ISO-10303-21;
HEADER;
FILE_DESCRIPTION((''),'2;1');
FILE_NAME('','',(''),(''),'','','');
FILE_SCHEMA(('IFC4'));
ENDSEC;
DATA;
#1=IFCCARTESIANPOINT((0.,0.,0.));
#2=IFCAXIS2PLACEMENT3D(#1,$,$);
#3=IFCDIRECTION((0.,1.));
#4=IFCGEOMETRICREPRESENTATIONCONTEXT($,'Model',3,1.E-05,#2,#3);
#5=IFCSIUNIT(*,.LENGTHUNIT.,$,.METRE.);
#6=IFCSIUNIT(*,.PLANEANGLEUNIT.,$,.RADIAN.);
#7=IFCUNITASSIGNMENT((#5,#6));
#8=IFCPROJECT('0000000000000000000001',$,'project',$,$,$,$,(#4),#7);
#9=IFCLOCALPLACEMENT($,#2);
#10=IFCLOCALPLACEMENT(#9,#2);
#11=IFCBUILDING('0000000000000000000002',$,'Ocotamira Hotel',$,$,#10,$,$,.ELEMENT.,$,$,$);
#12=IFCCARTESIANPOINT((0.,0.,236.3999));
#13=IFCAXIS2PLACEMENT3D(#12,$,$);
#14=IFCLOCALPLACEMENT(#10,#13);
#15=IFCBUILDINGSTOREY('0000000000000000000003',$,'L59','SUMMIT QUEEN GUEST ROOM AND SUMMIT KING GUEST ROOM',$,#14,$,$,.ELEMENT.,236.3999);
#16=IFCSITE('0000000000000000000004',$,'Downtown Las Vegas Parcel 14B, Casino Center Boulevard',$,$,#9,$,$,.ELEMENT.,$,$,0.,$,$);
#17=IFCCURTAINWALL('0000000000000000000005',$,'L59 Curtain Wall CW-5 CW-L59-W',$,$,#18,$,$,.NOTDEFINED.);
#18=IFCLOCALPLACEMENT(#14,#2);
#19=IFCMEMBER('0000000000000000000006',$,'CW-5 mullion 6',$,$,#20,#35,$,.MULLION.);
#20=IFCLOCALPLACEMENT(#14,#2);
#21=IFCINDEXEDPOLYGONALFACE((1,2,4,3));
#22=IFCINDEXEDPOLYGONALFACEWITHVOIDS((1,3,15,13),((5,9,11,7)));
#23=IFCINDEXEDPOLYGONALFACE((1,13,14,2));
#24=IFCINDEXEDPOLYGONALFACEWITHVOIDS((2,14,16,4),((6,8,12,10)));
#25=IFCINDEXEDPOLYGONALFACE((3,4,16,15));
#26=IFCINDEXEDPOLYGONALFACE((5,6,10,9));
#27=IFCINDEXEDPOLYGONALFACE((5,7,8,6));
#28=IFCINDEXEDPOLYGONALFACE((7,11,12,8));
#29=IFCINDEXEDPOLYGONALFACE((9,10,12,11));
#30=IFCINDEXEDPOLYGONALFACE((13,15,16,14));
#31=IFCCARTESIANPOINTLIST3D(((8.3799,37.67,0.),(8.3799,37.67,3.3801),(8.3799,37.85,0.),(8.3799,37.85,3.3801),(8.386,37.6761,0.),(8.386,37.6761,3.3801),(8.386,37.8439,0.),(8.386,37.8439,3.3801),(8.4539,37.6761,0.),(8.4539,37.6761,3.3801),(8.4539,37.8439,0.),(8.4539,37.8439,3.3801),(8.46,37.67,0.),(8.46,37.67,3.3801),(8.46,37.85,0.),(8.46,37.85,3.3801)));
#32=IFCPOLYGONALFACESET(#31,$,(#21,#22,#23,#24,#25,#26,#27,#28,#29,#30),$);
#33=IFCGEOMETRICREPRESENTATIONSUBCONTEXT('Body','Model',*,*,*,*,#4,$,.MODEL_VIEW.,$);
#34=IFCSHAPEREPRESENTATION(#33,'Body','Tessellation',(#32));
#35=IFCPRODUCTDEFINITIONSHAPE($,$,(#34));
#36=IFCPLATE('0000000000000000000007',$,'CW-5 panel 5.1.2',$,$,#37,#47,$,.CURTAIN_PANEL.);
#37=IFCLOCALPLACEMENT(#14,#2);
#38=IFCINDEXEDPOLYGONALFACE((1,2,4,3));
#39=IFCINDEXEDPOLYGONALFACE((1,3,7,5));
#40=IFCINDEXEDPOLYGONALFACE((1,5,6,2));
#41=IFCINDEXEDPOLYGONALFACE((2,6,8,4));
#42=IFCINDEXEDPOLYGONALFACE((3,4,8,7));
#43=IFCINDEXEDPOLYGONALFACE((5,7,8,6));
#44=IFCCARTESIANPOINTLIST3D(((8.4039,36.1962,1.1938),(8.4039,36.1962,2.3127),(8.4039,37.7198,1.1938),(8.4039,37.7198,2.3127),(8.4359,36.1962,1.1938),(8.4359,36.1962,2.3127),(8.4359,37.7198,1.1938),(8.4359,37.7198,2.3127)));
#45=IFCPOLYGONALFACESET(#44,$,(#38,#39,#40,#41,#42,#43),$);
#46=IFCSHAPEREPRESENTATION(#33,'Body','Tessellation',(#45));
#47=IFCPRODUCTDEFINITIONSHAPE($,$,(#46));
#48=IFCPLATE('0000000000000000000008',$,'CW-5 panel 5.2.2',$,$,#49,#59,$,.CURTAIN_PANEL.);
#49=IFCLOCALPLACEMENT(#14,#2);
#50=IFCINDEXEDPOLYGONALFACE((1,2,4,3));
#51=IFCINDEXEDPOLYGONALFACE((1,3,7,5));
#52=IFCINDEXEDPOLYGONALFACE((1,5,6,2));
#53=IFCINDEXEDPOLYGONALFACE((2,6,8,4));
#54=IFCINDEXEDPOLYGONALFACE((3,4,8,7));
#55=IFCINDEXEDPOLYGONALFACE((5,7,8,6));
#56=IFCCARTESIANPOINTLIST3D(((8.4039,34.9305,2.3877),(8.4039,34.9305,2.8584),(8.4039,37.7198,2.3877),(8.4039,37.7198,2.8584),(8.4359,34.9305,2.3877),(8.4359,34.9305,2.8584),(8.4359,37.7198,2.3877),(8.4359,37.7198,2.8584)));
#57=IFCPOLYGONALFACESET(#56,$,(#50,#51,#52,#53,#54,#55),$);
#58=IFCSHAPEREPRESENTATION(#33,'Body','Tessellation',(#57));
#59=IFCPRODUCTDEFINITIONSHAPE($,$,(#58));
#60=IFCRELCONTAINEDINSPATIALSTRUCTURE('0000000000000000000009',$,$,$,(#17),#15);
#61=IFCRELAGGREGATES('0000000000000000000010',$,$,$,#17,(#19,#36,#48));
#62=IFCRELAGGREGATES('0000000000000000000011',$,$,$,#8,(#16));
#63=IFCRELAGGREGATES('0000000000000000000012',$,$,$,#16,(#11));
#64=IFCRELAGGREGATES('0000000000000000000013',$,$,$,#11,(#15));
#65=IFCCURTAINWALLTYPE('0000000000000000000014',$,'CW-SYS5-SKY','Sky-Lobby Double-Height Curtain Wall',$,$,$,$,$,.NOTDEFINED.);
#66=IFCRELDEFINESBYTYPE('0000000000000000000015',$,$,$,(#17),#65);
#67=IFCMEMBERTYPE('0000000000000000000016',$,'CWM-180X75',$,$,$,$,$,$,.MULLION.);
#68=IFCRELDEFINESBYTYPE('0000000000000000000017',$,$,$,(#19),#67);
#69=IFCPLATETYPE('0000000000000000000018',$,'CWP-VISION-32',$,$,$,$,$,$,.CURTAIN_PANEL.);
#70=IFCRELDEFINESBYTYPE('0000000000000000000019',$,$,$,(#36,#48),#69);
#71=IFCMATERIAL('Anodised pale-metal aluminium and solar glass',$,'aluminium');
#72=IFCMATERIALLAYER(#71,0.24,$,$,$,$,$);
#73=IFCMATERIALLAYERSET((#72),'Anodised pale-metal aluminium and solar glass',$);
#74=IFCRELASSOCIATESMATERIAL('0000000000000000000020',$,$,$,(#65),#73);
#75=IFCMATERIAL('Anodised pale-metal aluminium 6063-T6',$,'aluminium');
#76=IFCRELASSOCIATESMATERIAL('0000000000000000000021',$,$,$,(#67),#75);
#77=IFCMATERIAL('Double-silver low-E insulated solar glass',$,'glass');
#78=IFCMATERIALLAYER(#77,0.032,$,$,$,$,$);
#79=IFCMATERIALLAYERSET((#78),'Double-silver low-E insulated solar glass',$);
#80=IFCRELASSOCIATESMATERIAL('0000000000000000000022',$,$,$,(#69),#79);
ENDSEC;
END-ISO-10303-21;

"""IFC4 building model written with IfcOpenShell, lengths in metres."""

from ifc_helpers import new_model, si_unit, direction, frame, origin, origin_2d, place, context, subcontext, project, spatial, rectangle, hollow_rectangle, extrude, source, transform, mapped, material, layer, layer_set, material_profile, profile_set, type_object, element, aggregate, save


model = new_model("IFC4")

# Units and contexts
model_context = context("Model", 3, precision=1e-05, world=origin(), true_north=direction((0.0, 1.0)))
body_context = subcontext(model_context, "Body", "Model", "MODEL_VIEW")
ifc_project = project(units=[si_unit("LENGTHUNIT", "METRE"), si_unit("PLANEANGLEUNIT", "RADIAN")], contexts=[model_context])

# Site, building, storey
site_placement = place(None, origin())
site = spatial("IfcSite", under=ifc_project, at=site_placement, Name="Downtown Las Vegas Parcel 14B, Casino Center Boulevard", CompositionType="ELEMENT", RefElevation=0.0)
building_placement = place(site_placement, origin())
building = spatial("IfcBuilding", under=site, at=building_placement, Name="Ocotamira Hotel", CompositionType="ELEMENT")
storey_placement = place(building_placement, frame((0.0, 0.0, 236.3999)))
storey = spatial("IfcBuildingStorey", under=building, at=storey_placement, Name="L59", Description="SUMMIT QUEEN GUEST ROOM AND SUMMIT KING GUEST ROOM", CompositionType="ELEMENT", Elevation=236.3999)

# Curtain wall, member, plates
ifc_material_1 = material(Name="Anodised pale-metal aluminium and solar glass", Category="aluminium")
ifc_layer_1 = layer(ifc_material_1, 0.24)
ifc_layer_set_1 = layer_set([ifc_layer_1], Name="Anodised pale-metal aluminium and solar glass")
curtain_wall_type = type_object("IfcCurtainWallType", Name="CW-SYS5-SKY", Description="Sky-Lobby Double-Height Curtain Wall", PredefinedType="NOTDEFINED", material=ifc_layer_set_1)
curtain_wall_placement = place(storey_placement, origin())
curtain_wall = element("IfcCurtainWall", 1, at=curtain_wall_placement, inside=storey, type_object=curtain_wall_type, Name="L59 Curtain Wall CW-5 CW-L59-W", PredefinedType="NOTDEFINED")
ifc_material_2 = material(Name="Anodised pale-metal aluminium 6063-T6", Category="aluminium")
ifc_material_profile_1 = material_profile(ifc_material_2, hollow_rectangle(XDim=0.0801, YDim=0.1799, WallThickness=0.0061, at=origin_2d()), Name="HSS180X80X6")
ifc_profile_set_1 = profile_set([ifc_material_profile_1], Name="Anodised pale-metal aluminium 6063-T6")
member_type_1 = type_object("IfcMemberType", Name="CWM-180X75", PredefinedType="MULLION", material=ifc_profile_set_1)
shared_shape_1 = source(origin(), body_context, "Body", "SweptSolid", [
    extrude(hollow_rectangle(XDim=0.0801, YDim=0.1799, WallThickness=0.0061, at=origin_2d()), origin(), (0.0, 0.0, 1.0), 3.3801),
])
member_1_placement = place(storey_placement, frame((8.4199, 37.76, 0.0), z_axis=(0.0, 0.0, 1.0), x_axis=(-1.0, 0.0, 0.0)))
member_1 = element("IfcMember", 2, at=member_1_placement, type_object=member_type_1, Name="CW-5 mullion 6", PredefinedType="MULLION", context=body_context, shape_type="MappedRepresentation", body=[
    mapped(shared_shape_1, transform((0.0, 0.0, 0.0), scale=1.0)),
])
ifc_material_3 = material(Name="Double-silver low-E insulated solar glass", Category="glass")
ifc_layer_2 = layer(ifc_material_3, 0.032)
ifc_layer_set_2 = layer_set([ifc_layer_2], Name="Double-silver low-E insulated solar glass")
plate_type = type_object("IfcPlateType", Name="CWP-VISION-32", PredefinedType="CURTAIN_PANEL", material=ifc_layer_set_2)
shared_shape_2 = source(origin(), body_context, "Body", "SweptSolid", [
    extrude(rectangle(XDim=1.5237, YDim=0.032, at=origin_2d()), origin(), (0.0, 0.0, 1.0), 1.1189),
])
plate_1_placement = place(storey_placement, frame((8.4199, 36.958, 1.1938), z_axis=(0.0, 0.0, 1.0), x_axis=(0.0, 1.0, 0.0)))
plate_1 = element("IfcPlate", 3, at=plate_1_placement, type_object=plate_type, Name="CW-5 panel 5.1.2", PredefinedType="CURTAIN_PANEL", context=body_context, shape_type="MappedRepresentation", body=[
    mapped(shared_shape_2, transform((0.0, 0.0, 0.0), scale=1.0)),
])
shared_shape_3 = source(origin(), body_context, "Body", "SweptSolid", [
    extrude(rectangle(XDim=2.7893, YDim=0.032, at=origin_2d()), origin(), (0.0, 0.0, 1.0), 0.4707),
])
plate_2_placement = place(storey_placement, frame((8.4199, 36.3252, 2.3877), z_axis=(0.0, 0.0, 1.0), x_axis=(0.0, 1.0, 0.0)))
plate_2 = element("IfcPlate", 4, at=plate_2_placement, type_object=plate_type, Name="CW-5 panel 5.2.2", PredefinedType="CURTAIN_PANEL", context=body_context, shape_type="MappedRepresentation", body=[
    mapped(shared_shape_3, transform((0.0, 0.0, 0.0), scale=1.0)),
])
aggregate(curtain_wall, [member_1, plate_1, plate_2])

save(model, "model.ifc")
